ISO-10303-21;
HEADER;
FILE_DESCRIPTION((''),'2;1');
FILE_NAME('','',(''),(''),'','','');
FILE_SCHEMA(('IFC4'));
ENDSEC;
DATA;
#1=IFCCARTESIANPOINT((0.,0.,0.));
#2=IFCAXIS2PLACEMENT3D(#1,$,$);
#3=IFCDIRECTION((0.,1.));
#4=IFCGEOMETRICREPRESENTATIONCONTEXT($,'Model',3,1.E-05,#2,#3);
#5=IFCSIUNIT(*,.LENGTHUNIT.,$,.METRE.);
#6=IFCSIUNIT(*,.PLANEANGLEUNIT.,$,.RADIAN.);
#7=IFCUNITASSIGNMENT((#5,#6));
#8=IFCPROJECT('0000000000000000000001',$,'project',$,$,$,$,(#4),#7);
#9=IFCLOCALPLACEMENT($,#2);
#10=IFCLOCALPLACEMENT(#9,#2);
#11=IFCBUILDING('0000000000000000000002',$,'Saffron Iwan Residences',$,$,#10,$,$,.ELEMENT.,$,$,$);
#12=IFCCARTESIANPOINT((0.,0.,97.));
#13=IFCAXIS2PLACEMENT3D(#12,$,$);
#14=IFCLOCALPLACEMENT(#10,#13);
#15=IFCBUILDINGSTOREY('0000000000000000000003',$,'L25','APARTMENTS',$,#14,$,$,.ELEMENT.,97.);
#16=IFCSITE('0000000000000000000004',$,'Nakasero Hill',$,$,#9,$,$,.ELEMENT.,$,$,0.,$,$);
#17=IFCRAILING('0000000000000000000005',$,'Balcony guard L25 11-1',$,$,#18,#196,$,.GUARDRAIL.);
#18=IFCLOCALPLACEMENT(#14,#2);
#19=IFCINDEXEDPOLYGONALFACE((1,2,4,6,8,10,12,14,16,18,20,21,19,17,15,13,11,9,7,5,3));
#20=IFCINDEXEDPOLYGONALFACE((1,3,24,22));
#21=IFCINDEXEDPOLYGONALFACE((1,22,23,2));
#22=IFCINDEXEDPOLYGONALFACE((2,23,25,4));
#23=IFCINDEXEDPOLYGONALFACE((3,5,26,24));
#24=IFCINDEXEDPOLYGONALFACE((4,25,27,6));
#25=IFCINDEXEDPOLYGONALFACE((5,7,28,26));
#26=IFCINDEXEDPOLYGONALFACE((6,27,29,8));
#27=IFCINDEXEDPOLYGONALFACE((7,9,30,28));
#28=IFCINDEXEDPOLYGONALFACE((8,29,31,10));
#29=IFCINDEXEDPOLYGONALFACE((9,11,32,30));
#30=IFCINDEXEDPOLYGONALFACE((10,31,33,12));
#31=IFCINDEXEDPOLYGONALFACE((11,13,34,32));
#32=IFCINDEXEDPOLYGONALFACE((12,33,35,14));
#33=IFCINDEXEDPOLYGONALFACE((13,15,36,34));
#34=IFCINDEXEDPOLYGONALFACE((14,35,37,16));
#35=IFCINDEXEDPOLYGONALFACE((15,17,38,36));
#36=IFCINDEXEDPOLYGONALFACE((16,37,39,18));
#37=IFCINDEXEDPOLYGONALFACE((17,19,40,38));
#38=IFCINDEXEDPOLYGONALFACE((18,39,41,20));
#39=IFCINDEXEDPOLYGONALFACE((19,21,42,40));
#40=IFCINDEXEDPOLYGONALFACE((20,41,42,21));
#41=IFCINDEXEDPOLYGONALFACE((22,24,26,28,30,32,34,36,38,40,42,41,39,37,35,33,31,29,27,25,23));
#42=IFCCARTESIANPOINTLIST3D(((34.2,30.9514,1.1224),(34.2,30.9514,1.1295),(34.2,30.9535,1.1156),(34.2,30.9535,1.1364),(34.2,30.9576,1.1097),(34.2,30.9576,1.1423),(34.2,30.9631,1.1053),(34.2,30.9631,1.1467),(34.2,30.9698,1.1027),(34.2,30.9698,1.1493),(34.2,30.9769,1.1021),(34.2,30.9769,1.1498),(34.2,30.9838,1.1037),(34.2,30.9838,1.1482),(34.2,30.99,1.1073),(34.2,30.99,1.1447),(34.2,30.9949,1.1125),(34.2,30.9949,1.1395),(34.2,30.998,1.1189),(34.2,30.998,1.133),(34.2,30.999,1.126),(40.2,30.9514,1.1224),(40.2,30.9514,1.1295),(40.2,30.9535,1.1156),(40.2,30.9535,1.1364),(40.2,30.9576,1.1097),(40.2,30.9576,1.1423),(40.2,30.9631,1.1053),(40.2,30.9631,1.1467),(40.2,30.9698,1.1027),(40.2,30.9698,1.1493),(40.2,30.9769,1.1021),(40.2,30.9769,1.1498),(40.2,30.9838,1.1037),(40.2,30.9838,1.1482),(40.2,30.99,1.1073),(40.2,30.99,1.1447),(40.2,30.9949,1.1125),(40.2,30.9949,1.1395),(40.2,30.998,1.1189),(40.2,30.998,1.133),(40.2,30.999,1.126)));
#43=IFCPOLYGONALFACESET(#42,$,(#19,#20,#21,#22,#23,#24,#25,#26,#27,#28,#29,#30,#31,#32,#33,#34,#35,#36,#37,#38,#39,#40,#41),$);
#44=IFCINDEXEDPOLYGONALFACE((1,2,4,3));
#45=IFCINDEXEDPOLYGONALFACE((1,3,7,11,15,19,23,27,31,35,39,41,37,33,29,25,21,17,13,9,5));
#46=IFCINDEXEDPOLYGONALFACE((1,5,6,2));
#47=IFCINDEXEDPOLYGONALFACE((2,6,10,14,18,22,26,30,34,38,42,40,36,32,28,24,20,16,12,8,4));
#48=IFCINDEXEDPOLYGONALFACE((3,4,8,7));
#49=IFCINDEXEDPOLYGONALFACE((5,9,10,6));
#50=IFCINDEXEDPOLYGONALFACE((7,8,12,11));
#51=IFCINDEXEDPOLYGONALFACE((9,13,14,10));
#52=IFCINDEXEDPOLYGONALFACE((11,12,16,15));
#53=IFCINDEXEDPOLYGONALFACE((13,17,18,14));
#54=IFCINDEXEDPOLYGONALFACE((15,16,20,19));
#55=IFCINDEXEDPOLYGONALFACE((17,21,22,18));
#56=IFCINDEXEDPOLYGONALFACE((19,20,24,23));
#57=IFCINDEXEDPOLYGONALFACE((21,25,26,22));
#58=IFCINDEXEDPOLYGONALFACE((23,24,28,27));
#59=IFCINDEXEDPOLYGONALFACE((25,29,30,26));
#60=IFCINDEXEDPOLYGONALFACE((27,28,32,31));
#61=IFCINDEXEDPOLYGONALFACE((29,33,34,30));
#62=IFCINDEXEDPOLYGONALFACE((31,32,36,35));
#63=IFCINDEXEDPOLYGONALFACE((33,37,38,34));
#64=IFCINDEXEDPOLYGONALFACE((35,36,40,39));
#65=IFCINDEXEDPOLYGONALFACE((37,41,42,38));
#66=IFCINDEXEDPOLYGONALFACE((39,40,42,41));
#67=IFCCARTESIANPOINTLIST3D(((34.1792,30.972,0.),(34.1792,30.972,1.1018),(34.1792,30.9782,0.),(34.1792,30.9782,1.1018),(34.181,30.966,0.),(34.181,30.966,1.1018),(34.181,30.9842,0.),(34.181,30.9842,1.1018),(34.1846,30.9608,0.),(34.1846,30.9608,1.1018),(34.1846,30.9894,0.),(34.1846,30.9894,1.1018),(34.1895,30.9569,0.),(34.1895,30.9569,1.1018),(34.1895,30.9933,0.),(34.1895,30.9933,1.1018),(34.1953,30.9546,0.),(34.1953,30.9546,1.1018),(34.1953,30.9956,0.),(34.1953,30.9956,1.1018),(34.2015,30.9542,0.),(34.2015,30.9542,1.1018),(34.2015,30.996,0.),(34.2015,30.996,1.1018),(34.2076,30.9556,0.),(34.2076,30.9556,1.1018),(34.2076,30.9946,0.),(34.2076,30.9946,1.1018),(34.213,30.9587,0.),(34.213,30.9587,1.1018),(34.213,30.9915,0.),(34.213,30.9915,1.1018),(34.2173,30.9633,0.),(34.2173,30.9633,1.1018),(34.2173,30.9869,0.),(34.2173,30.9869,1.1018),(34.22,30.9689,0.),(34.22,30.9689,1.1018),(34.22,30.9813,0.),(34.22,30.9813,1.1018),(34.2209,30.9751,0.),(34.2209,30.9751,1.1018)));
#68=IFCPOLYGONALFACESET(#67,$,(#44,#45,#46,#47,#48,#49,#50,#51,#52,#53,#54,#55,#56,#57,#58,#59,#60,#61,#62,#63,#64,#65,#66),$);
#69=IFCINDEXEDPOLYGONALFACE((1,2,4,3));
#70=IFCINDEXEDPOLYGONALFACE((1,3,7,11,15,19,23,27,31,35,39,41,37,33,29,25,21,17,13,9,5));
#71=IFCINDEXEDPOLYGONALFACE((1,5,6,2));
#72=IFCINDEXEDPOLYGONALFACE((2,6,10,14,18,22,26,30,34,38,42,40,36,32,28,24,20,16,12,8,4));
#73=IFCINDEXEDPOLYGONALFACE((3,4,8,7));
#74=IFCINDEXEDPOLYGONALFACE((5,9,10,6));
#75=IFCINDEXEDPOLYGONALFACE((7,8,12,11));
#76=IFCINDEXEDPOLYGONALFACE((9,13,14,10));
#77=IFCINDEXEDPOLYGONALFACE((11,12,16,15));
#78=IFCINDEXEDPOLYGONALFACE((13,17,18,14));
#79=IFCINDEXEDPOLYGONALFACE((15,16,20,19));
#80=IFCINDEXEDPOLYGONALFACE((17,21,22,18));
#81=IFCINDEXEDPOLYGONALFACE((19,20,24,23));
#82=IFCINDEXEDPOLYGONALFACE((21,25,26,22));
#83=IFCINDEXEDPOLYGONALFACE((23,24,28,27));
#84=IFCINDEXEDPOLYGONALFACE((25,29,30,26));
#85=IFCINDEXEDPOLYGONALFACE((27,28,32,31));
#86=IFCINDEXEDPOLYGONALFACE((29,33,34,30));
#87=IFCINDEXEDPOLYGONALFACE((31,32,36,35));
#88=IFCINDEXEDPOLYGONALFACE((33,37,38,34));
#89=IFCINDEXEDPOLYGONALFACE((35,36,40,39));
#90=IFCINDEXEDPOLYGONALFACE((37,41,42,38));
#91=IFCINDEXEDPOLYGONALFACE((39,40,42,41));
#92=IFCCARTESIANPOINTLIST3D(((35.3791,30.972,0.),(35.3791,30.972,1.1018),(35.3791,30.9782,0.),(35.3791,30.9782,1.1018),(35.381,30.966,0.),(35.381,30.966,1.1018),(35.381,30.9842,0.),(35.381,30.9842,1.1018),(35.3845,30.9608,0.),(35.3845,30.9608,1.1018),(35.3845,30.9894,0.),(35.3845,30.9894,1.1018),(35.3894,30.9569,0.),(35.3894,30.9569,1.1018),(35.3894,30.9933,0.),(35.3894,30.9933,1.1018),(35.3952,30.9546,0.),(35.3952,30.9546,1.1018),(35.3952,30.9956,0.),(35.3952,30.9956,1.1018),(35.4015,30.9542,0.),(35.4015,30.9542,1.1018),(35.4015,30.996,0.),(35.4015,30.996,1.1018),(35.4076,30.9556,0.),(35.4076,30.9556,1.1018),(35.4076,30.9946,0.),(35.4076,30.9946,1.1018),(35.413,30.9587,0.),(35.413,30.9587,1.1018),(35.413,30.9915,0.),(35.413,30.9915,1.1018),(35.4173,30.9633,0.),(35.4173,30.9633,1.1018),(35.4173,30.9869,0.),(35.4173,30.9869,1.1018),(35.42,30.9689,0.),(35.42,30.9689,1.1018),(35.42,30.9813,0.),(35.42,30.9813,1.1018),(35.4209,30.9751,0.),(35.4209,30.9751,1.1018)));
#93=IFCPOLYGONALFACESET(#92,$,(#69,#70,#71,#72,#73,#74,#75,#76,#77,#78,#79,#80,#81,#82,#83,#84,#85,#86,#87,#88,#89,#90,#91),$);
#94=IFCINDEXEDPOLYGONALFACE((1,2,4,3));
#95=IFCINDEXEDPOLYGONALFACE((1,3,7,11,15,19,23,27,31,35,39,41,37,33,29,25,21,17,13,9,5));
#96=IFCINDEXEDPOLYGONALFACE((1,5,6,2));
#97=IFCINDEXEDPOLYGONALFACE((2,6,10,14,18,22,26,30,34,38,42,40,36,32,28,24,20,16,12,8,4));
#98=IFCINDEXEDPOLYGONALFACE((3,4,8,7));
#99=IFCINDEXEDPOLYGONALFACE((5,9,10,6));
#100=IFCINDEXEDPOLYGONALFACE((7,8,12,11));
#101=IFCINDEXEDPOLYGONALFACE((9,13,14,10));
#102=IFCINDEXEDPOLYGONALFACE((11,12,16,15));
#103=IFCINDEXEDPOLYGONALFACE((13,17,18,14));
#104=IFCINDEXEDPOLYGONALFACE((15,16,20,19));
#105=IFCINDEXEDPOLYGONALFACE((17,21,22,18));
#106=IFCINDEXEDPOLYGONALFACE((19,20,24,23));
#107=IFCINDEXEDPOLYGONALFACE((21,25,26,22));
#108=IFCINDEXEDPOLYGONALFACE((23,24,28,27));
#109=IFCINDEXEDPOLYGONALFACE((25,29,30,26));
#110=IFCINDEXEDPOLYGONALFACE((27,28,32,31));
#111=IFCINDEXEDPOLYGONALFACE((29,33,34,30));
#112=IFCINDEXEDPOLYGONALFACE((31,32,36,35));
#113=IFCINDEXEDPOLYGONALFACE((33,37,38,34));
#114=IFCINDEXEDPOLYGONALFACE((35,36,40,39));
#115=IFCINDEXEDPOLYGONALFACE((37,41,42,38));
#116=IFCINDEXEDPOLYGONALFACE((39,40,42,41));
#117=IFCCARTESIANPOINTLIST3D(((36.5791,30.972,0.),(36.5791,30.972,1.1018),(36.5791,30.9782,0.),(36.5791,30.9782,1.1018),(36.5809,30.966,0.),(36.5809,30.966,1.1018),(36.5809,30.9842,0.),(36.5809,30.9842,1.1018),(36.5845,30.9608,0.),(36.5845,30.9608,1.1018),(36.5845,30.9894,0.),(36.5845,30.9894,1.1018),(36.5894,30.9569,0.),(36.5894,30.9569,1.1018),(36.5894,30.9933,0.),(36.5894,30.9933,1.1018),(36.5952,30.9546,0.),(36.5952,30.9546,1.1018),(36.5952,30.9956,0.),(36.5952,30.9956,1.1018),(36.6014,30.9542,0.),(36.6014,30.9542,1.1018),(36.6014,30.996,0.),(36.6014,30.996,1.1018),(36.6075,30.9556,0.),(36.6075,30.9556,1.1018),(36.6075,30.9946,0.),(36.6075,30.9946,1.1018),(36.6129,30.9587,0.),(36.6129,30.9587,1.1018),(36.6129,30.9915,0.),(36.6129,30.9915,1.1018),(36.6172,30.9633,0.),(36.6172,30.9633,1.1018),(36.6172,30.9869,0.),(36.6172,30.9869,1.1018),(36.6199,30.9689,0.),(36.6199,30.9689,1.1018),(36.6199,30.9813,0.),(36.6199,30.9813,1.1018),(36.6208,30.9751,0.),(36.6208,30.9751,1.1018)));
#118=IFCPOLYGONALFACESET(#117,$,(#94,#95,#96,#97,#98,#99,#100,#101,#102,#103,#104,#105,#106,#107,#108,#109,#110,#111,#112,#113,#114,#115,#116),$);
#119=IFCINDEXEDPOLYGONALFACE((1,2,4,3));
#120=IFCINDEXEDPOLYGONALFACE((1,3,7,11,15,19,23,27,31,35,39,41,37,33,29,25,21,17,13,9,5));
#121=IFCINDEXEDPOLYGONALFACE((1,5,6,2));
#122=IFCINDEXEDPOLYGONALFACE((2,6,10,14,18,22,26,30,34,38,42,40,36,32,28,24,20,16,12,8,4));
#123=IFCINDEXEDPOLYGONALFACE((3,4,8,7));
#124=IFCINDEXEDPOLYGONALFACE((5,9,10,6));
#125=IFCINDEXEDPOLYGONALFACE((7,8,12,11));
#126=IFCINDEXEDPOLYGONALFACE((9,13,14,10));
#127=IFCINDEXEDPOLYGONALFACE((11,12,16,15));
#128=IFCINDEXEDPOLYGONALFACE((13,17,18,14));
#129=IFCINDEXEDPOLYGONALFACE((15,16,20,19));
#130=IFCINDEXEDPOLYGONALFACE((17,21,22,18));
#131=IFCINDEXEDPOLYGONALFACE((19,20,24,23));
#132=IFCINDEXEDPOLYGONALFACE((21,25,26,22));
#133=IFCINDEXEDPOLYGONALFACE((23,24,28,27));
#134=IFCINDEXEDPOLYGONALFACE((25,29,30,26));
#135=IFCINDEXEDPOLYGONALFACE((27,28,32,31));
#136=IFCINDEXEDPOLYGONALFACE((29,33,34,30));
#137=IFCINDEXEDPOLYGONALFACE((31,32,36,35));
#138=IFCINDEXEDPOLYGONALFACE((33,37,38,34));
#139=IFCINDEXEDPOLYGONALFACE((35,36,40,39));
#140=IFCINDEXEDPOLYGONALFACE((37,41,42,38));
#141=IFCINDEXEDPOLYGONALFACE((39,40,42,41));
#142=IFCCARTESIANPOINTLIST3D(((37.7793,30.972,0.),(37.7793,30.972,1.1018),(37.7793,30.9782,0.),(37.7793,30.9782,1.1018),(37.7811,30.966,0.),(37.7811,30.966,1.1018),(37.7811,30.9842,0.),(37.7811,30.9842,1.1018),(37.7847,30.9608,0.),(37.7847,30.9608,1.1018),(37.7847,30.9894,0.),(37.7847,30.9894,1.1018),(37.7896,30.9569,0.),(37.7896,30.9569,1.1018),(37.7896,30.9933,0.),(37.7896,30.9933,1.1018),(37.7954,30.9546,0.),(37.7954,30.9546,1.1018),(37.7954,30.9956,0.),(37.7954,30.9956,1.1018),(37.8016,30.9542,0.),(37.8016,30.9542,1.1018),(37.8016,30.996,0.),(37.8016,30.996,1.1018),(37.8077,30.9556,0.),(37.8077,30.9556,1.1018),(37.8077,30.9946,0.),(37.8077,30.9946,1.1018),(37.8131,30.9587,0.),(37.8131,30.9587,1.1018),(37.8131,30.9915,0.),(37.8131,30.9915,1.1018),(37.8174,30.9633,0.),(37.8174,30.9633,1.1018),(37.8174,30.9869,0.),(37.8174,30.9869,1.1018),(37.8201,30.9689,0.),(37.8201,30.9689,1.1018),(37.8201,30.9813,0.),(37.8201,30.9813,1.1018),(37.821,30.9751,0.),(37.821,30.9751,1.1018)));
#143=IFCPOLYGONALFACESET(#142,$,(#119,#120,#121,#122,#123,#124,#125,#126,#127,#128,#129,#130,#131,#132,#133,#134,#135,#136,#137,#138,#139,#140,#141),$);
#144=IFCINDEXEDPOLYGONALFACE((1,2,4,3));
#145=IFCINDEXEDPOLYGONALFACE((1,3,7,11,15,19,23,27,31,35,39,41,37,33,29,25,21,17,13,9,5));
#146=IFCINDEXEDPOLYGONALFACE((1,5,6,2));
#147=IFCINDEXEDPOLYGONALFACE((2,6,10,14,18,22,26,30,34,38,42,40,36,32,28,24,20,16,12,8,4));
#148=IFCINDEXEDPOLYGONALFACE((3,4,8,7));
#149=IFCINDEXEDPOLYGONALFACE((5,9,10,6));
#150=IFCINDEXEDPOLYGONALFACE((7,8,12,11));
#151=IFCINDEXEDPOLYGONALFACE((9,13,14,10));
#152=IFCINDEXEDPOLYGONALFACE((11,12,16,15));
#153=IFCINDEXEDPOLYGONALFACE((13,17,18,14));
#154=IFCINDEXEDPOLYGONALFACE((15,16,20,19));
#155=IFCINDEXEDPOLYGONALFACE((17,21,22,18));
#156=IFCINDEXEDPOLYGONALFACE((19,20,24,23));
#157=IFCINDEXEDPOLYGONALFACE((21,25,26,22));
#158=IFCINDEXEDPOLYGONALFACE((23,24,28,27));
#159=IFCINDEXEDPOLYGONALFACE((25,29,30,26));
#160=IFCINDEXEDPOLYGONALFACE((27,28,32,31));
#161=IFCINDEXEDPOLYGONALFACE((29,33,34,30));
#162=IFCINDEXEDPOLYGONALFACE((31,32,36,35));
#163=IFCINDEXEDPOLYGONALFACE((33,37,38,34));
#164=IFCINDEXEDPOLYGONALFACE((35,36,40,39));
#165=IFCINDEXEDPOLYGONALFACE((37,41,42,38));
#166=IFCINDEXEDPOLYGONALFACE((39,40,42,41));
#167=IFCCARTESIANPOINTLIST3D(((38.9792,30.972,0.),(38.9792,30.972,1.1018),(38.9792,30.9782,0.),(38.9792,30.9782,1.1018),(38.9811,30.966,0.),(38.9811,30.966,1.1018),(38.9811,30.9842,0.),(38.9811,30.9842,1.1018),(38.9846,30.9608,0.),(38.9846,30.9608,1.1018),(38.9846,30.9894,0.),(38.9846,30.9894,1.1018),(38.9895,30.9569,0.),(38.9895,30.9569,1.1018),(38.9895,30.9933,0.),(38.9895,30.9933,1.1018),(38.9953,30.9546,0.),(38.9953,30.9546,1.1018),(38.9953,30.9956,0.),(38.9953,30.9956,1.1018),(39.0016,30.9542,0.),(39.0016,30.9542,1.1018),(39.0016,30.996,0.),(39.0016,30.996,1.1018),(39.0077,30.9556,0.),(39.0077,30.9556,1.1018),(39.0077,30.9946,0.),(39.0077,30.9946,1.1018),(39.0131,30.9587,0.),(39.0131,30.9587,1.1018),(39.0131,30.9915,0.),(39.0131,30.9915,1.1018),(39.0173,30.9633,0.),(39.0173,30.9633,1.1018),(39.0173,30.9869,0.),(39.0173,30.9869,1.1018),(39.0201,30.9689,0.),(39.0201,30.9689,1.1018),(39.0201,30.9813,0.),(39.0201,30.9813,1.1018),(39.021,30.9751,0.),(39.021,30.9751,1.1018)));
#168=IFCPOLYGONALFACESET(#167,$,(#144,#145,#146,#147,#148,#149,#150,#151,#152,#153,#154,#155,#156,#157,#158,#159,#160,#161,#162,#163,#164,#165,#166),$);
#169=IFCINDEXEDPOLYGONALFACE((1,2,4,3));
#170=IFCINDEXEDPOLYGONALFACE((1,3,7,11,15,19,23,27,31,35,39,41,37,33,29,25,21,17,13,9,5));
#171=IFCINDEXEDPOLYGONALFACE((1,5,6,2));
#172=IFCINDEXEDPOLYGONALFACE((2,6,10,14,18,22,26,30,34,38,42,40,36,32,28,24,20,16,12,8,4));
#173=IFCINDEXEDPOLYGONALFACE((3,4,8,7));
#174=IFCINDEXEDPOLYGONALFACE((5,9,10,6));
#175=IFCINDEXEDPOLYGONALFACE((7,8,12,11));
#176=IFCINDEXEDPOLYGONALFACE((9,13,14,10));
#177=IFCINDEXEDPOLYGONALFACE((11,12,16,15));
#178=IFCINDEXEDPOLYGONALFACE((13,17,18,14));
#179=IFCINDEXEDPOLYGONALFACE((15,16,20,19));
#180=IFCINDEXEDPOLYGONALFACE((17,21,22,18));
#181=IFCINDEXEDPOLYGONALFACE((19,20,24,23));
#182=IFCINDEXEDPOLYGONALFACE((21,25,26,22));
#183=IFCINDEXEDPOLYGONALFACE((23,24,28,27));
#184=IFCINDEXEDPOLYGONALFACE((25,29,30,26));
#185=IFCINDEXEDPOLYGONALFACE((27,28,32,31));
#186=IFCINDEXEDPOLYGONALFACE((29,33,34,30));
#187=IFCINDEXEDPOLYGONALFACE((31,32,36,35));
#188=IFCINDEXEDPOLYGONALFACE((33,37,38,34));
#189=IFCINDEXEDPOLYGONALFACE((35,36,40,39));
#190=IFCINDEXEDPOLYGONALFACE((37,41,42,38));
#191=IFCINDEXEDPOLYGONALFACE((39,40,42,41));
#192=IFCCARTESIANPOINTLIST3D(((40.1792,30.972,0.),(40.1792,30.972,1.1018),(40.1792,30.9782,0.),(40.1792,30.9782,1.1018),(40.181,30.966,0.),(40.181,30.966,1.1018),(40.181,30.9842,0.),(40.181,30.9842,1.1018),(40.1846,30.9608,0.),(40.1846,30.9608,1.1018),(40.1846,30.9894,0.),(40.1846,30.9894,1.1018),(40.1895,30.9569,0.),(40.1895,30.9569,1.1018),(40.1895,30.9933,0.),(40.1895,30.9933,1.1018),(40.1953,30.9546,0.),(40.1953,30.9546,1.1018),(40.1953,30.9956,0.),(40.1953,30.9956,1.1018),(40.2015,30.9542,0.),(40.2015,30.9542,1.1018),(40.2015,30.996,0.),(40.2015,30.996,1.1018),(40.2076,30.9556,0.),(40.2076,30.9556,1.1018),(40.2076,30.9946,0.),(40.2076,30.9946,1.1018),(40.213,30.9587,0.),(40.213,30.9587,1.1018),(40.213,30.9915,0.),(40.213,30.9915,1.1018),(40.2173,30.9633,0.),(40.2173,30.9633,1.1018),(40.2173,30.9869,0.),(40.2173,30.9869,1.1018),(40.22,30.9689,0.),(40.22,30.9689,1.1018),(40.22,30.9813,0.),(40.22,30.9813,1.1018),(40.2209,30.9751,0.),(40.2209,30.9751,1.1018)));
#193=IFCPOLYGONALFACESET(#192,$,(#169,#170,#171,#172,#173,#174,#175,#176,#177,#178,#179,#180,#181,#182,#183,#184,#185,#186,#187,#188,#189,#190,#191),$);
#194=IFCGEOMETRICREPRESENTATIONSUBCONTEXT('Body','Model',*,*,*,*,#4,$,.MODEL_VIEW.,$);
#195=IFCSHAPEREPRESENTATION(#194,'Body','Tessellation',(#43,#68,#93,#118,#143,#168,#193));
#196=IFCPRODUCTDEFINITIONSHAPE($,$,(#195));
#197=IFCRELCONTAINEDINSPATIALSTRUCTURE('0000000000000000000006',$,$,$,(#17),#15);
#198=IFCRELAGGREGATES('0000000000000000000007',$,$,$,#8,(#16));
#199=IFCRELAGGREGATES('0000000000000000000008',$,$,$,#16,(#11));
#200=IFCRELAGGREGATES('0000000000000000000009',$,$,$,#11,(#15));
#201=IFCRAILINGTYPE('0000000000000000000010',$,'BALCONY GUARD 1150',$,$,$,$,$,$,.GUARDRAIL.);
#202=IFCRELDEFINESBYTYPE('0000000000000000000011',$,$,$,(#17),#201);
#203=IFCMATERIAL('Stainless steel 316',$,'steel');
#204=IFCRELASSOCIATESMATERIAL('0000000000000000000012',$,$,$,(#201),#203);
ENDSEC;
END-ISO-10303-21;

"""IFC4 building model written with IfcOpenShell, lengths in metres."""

from ifc_helpers import new_model, si_unit, direction, frame, origin, origin_2d, place, context, subcontext, project, spatial, circle, extrude, material, type_object, element, save


model = new_model("IFC4")

# Units and contexts
model_context = context("Model", 3, precision=1e-05, world=origin(), true_north=direction((0.0, 1.0)))
body_context = subcontext(model_context, "Body", "Model", "MODEL_VIEW")
ifc_project = project(units=[si_unit("LENGTHUNIT", "METRE"), si_unit("PLANEANGLEUNIT", "RADIAN")], contexts=[model_context])

# Site, building, storey
site_placement = place(None, origin())
site = spatial("IfcSite", under=ifc_project, at=site_placement, Name="Nakasero Hill", CompositionType="ELEMENT", RefElevation=0.0)
building_placement = place(site_placement, origin())
building = spatial("IfcBuilding", under=site, at=building_placement, Name="Saffron Iwan Residences", CompositionType="ELEMENT")
storey_placement = place(building_placement, frame((0.0, 0.0, 97.0)))
storey = spatial("IfcBuildingStorey", under=building, at=storey_placement, Name="L25", Description="APARTMENTS", CompositionType="ELEMENT", Elevation=97.0)

# Railing
ifc_material_1 = material(Name="Stainless steel 316", Category="steel")
railing_type = type_object("IfcRailingType", Name="BALCONY GUARD 1150", PredefinedType="GUARDRAIL", material=ifc_material_1)
railing_placement = place(storey_placement, frame((34.2, 30.9751, 0.0)))
element("IfcRailing", 1, at=railing_placement, inside=storey, type_object=railing_type, Name="Balcony guard L25 11-1", PredefinedType="GUARDRAIL", context=body_context, shape_type="SweptSolid", body=[
    extrude(circle(Radius=0.0239, at=origin_2d()), frame((0.0, 0.0, 1.126), z_axis=(1.0, 0.0, 0.0), x_axis=(0.0, 1.0, 0.0)), (0.0, 0.0, 1.0), 6.0),
    extrude(circle(Radius=0.021, at=origin_2d()), origin(), (0.0, 0.0, 1.0), 1.1018),
    extrude(circle(Radius=0.021, at=origin_2d()), frame((1.2, 0.0, 0.0)), (0.0, 0.0, 1.0), 1.1018),
    extrude(circle(Radius=0.021, at=origin_2d()), frame((2.3999, 0.0, 0.0)), (0.0, 0.0, 1.0), 1.1018),
    extrude(circle(Radius=0.021, at=origin_2d()), frame((3.6001, 0.0, 0.0)), (0.0, 0.0, 1.0), 1.1018),
    extrude(circle(Radius=0.021, at=origin_2d()), frame((4.8, 0.0, 0.0)), (0.0, 0.0, 1.0), 1.1018),
    extrude(circle(Radius=0.021, at=origin_2d()), frame((6.0, 0.0, 0.0)), (0.0, 0.0, 1.0), 1.1018),
])

save(model, "model.ifc")
